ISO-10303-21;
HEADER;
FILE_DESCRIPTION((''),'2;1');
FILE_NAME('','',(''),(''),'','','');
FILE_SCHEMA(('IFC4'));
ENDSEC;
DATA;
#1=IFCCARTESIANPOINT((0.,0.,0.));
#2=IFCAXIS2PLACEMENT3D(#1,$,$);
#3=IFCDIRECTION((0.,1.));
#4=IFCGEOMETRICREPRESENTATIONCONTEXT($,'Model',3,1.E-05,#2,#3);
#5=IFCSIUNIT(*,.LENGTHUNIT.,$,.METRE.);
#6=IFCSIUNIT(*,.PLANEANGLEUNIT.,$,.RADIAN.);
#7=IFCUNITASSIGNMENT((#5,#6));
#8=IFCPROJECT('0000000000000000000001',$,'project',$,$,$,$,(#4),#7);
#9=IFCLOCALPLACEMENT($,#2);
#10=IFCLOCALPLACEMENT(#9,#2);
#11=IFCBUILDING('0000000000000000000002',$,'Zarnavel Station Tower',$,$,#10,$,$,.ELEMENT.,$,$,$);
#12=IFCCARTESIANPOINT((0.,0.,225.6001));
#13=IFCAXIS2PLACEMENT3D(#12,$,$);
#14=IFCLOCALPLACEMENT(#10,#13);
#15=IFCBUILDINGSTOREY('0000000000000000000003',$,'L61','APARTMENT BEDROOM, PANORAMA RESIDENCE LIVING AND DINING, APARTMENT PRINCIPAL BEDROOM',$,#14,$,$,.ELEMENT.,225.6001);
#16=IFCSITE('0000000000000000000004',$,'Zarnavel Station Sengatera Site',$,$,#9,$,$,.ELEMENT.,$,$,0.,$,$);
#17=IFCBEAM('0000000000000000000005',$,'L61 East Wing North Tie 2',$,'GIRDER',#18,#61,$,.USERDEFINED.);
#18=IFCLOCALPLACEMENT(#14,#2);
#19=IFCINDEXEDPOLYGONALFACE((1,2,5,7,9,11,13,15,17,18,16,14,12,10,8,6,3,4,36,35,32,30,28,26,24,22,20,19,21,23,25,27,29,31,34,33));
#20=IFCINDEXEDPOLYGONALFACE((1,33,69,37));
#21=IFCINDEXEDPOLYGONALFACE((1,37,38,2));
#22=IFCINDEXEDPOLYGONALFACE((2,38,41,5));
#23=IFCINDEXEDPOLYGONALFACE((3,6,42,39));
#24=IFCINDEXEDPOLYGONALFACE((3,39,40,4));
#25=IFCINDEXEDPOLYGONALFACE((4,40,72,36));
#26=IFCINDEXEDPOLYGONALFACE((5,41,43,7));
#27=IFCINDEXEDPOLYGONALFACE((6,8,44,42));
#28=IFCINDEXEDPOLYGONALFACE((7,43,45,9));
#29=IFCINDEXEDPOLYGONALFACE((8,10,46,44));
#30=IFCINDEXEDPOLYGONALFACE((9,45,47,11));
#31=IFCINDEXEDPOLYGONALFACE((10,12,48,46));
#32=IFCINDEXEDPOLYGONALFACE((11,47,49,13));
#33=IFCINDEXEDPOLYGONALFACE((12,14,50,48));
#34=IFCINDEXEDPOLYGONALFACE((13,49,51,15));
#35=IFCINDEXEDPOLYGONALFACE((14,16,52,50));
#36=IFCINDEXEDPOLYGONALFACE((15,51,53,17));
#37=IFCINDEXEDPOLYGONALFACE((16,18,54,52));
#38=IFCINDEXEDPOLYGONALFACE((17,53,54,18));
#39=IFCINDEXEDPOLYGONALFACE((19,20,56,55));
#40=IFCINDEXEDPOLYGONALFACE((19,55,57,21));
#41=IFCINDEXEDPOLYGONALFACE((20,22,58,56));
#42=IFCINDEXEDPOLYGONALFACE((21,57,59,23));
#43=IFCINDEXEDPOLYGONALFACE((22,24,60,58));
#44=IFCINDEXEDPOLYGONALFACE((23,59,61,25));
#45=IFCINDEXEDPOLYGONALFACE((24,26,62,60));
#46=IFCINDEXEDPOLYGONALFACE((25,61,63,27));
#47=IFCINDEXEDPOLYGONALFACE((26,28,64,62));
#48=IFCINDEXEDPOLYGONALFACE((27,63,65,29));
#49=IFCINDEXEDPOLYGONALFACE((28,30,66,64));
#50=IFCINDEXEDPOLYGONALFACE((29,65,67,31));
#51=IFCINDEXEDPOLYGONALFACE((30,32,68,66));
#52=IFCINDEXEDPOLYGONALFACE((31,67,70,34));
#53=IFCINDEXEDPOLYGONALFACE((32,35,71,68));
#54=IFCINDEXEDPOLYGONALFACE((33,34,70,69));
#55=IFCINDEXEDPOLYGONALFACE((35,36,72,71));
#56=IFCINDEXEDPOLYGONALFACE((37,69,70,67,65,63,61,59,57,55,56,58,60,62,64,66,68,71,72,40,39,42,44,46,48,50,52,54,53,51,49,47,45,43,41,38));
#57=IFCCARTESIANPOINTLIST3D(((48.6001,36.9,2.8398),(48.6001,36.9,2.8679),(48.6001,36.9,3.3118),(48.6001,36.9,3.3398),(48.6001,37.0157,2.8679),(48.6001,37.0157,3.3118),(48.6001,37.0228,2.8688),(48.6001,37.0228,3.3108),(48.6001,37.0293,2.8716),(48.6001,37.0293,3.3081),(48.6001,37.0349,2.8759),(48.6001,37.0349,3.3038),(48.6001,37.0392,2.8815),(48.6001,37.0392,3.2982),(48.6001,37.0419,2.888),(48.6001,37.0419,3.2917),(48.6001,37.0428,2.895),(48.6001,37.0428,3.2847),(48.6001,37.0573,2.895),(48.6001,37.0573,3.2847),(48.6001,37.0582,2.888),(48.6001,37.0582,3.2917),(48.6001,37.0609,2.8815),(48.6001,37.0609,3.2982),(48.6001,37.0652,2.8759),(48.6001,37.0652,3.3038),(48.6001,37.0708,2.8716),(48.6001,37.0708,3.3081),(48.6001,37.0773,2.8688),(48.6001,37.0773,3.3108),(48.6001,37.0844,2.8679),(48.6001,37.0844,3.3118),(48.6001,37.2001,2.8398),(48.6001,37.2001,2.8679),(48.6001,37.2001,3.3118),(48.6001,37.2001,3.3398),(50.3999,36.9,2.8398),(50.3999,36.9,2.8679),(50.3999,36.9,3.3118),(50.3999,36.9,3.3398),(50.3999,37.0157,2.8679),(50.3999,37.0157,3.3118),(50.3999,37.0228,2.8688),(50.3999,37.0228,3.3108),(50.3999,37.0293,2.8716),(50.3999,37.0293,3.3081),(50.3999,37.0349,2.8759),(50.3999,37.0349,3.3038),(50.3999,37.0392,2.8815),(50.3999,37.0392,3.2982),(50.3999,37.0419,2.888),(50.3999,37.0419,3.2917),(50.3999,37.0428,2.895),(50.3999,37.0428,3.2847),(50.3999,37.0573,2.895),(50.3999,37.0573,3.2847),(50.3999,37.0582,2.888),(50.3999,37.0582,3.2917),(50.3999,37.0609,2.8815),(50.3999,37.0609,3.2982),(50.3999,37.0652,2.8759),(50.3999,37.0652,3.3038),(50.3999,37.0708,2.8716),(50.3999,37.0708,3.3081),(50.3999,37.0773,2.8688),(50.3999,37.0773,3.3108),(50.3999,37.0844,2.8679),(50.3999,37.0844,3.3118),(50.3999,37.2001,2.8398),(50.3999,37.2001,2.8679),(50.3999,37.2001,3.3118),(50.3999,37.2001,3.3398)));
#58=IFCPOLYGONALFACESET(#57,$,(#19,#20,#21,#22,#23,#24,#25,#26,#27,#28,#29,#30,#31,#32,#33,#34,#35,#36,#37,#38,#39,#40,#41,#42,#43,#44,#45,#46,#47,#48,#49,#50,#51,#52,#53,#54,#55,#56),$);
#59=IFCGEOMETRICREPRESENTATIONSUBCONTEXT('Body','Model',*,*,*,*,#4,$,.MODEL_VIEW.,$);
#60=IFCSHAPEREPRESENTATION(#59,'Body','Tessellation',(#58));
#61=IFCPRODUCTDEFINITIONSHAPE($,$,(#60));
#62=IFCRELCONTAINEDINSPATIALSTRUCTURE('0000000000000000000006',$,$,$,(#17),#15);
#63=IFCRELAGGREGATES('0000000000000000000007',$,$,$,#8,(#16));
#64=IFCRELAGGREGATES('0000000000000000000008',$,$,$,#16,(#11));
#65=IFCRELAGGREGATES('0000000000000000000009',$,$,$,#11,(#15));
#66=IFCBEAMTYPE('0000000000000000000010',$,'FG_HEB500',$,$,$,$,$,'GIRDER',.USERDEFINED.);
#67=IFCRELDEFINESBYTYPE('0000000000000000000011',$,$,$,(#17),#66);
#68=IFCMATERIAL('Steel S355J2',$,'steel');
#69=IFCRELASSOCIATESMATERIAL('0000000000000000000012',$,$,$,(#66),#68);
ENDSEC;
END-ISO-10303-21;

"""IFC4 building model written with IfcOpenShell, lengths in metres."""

from ifc_helpers import new_model, si_unit, direction, frame, origin, origin_2d, place, context, subcontext, project, spatial, i_section, extrude, material, material_profile, profile_set, type_object, element, save


model = new_model("IFC4")

# Units and contexts
model_context = context("Model", 3, precision=1e-05, world=origin(), true_north=direction((0.0, 1.0)))
body_context = subcontext(model_context, "Body", "Model", "MODEL_VIEW")
ifc_project = project(units=[si_unit("LENGTHUNIT", "METRE"), si_unit("PLANEANGLEUNIT", "RADIAN")], contexts=[model_context])

# Site, building, storey
site_placement = place(None, origin())
site = spatial("IfcSite", under=ifc_project, at=site_placement, Name="Zarnavel Station Sengatera Site", CompositionType="ELEMENT", RefElevation=0.0)
building_placement = place(site_placement, origin())
building = spatial("IfcBuilding", under=site, at=building_placement, Name="Zarnavel Station Tower", CompositionType="ELEMENT")
storey_placement = place(building_placement, frame((0.0, 0.0, 225.6001)))
storey = spatial("IfcBuildingStorey", under=building, at=storey_placement, Name="L61", Description="APARTMENT BEDROOM, PANORAMA RESIDENCE LIVING AND DINING, APARTMENT PRINCIPAL BEDROOM", CompositionType="ELEMENT", Elevation=225.6001)

# Beam
ifc_material_1 = material(Name="Steel S355J2", Category="steel")
ifc_material_profile_1 = material_profile(ifc_material_1, i_section(OverallWidth=0.3, OverallDepth=0.5, WebThickness=0.0144, FlangeThickness=0.0281, FilletRadius=0.0271, at=origin_2d()), Name="HEB500")
ifc_profile_set_1 = profile_set([ifc_material_profile_1], Name="Steel S355J2")
beam_type = type_object("IfcBeamType", Name="FG_HEB500", ElementType="GIRDER", PredefinedType="USERDEFINED", material=ifc_profile_set_1)
beam_1_placement = place(storey_placement, frame((48.6001, 37.05, 3.0898), z_axis=(1.0, 0.0, 0.0), x_axis=(0.0, 1.0, 0.0)))
element("IfcBeam", 1, at=beam_1_placement, inside=storey, type_object=beam_type, Name="L61 East Wing North Tie 2", ObjectType="GIRDER", PredefinedType="USERDEFINED", context=body_context, shape_type="SweptSolid", body=[
    extrude(i_section(OverallWidth=0.3, OverallDepth=0.5, WebThickness=0.0144, FlangeThickness=0.0281, FilletRadius=0.0271, at=origin_2d()), origin(), (0.0, 0.0, 1.0), 1.7998),
])

save(model, "model.ifc")
